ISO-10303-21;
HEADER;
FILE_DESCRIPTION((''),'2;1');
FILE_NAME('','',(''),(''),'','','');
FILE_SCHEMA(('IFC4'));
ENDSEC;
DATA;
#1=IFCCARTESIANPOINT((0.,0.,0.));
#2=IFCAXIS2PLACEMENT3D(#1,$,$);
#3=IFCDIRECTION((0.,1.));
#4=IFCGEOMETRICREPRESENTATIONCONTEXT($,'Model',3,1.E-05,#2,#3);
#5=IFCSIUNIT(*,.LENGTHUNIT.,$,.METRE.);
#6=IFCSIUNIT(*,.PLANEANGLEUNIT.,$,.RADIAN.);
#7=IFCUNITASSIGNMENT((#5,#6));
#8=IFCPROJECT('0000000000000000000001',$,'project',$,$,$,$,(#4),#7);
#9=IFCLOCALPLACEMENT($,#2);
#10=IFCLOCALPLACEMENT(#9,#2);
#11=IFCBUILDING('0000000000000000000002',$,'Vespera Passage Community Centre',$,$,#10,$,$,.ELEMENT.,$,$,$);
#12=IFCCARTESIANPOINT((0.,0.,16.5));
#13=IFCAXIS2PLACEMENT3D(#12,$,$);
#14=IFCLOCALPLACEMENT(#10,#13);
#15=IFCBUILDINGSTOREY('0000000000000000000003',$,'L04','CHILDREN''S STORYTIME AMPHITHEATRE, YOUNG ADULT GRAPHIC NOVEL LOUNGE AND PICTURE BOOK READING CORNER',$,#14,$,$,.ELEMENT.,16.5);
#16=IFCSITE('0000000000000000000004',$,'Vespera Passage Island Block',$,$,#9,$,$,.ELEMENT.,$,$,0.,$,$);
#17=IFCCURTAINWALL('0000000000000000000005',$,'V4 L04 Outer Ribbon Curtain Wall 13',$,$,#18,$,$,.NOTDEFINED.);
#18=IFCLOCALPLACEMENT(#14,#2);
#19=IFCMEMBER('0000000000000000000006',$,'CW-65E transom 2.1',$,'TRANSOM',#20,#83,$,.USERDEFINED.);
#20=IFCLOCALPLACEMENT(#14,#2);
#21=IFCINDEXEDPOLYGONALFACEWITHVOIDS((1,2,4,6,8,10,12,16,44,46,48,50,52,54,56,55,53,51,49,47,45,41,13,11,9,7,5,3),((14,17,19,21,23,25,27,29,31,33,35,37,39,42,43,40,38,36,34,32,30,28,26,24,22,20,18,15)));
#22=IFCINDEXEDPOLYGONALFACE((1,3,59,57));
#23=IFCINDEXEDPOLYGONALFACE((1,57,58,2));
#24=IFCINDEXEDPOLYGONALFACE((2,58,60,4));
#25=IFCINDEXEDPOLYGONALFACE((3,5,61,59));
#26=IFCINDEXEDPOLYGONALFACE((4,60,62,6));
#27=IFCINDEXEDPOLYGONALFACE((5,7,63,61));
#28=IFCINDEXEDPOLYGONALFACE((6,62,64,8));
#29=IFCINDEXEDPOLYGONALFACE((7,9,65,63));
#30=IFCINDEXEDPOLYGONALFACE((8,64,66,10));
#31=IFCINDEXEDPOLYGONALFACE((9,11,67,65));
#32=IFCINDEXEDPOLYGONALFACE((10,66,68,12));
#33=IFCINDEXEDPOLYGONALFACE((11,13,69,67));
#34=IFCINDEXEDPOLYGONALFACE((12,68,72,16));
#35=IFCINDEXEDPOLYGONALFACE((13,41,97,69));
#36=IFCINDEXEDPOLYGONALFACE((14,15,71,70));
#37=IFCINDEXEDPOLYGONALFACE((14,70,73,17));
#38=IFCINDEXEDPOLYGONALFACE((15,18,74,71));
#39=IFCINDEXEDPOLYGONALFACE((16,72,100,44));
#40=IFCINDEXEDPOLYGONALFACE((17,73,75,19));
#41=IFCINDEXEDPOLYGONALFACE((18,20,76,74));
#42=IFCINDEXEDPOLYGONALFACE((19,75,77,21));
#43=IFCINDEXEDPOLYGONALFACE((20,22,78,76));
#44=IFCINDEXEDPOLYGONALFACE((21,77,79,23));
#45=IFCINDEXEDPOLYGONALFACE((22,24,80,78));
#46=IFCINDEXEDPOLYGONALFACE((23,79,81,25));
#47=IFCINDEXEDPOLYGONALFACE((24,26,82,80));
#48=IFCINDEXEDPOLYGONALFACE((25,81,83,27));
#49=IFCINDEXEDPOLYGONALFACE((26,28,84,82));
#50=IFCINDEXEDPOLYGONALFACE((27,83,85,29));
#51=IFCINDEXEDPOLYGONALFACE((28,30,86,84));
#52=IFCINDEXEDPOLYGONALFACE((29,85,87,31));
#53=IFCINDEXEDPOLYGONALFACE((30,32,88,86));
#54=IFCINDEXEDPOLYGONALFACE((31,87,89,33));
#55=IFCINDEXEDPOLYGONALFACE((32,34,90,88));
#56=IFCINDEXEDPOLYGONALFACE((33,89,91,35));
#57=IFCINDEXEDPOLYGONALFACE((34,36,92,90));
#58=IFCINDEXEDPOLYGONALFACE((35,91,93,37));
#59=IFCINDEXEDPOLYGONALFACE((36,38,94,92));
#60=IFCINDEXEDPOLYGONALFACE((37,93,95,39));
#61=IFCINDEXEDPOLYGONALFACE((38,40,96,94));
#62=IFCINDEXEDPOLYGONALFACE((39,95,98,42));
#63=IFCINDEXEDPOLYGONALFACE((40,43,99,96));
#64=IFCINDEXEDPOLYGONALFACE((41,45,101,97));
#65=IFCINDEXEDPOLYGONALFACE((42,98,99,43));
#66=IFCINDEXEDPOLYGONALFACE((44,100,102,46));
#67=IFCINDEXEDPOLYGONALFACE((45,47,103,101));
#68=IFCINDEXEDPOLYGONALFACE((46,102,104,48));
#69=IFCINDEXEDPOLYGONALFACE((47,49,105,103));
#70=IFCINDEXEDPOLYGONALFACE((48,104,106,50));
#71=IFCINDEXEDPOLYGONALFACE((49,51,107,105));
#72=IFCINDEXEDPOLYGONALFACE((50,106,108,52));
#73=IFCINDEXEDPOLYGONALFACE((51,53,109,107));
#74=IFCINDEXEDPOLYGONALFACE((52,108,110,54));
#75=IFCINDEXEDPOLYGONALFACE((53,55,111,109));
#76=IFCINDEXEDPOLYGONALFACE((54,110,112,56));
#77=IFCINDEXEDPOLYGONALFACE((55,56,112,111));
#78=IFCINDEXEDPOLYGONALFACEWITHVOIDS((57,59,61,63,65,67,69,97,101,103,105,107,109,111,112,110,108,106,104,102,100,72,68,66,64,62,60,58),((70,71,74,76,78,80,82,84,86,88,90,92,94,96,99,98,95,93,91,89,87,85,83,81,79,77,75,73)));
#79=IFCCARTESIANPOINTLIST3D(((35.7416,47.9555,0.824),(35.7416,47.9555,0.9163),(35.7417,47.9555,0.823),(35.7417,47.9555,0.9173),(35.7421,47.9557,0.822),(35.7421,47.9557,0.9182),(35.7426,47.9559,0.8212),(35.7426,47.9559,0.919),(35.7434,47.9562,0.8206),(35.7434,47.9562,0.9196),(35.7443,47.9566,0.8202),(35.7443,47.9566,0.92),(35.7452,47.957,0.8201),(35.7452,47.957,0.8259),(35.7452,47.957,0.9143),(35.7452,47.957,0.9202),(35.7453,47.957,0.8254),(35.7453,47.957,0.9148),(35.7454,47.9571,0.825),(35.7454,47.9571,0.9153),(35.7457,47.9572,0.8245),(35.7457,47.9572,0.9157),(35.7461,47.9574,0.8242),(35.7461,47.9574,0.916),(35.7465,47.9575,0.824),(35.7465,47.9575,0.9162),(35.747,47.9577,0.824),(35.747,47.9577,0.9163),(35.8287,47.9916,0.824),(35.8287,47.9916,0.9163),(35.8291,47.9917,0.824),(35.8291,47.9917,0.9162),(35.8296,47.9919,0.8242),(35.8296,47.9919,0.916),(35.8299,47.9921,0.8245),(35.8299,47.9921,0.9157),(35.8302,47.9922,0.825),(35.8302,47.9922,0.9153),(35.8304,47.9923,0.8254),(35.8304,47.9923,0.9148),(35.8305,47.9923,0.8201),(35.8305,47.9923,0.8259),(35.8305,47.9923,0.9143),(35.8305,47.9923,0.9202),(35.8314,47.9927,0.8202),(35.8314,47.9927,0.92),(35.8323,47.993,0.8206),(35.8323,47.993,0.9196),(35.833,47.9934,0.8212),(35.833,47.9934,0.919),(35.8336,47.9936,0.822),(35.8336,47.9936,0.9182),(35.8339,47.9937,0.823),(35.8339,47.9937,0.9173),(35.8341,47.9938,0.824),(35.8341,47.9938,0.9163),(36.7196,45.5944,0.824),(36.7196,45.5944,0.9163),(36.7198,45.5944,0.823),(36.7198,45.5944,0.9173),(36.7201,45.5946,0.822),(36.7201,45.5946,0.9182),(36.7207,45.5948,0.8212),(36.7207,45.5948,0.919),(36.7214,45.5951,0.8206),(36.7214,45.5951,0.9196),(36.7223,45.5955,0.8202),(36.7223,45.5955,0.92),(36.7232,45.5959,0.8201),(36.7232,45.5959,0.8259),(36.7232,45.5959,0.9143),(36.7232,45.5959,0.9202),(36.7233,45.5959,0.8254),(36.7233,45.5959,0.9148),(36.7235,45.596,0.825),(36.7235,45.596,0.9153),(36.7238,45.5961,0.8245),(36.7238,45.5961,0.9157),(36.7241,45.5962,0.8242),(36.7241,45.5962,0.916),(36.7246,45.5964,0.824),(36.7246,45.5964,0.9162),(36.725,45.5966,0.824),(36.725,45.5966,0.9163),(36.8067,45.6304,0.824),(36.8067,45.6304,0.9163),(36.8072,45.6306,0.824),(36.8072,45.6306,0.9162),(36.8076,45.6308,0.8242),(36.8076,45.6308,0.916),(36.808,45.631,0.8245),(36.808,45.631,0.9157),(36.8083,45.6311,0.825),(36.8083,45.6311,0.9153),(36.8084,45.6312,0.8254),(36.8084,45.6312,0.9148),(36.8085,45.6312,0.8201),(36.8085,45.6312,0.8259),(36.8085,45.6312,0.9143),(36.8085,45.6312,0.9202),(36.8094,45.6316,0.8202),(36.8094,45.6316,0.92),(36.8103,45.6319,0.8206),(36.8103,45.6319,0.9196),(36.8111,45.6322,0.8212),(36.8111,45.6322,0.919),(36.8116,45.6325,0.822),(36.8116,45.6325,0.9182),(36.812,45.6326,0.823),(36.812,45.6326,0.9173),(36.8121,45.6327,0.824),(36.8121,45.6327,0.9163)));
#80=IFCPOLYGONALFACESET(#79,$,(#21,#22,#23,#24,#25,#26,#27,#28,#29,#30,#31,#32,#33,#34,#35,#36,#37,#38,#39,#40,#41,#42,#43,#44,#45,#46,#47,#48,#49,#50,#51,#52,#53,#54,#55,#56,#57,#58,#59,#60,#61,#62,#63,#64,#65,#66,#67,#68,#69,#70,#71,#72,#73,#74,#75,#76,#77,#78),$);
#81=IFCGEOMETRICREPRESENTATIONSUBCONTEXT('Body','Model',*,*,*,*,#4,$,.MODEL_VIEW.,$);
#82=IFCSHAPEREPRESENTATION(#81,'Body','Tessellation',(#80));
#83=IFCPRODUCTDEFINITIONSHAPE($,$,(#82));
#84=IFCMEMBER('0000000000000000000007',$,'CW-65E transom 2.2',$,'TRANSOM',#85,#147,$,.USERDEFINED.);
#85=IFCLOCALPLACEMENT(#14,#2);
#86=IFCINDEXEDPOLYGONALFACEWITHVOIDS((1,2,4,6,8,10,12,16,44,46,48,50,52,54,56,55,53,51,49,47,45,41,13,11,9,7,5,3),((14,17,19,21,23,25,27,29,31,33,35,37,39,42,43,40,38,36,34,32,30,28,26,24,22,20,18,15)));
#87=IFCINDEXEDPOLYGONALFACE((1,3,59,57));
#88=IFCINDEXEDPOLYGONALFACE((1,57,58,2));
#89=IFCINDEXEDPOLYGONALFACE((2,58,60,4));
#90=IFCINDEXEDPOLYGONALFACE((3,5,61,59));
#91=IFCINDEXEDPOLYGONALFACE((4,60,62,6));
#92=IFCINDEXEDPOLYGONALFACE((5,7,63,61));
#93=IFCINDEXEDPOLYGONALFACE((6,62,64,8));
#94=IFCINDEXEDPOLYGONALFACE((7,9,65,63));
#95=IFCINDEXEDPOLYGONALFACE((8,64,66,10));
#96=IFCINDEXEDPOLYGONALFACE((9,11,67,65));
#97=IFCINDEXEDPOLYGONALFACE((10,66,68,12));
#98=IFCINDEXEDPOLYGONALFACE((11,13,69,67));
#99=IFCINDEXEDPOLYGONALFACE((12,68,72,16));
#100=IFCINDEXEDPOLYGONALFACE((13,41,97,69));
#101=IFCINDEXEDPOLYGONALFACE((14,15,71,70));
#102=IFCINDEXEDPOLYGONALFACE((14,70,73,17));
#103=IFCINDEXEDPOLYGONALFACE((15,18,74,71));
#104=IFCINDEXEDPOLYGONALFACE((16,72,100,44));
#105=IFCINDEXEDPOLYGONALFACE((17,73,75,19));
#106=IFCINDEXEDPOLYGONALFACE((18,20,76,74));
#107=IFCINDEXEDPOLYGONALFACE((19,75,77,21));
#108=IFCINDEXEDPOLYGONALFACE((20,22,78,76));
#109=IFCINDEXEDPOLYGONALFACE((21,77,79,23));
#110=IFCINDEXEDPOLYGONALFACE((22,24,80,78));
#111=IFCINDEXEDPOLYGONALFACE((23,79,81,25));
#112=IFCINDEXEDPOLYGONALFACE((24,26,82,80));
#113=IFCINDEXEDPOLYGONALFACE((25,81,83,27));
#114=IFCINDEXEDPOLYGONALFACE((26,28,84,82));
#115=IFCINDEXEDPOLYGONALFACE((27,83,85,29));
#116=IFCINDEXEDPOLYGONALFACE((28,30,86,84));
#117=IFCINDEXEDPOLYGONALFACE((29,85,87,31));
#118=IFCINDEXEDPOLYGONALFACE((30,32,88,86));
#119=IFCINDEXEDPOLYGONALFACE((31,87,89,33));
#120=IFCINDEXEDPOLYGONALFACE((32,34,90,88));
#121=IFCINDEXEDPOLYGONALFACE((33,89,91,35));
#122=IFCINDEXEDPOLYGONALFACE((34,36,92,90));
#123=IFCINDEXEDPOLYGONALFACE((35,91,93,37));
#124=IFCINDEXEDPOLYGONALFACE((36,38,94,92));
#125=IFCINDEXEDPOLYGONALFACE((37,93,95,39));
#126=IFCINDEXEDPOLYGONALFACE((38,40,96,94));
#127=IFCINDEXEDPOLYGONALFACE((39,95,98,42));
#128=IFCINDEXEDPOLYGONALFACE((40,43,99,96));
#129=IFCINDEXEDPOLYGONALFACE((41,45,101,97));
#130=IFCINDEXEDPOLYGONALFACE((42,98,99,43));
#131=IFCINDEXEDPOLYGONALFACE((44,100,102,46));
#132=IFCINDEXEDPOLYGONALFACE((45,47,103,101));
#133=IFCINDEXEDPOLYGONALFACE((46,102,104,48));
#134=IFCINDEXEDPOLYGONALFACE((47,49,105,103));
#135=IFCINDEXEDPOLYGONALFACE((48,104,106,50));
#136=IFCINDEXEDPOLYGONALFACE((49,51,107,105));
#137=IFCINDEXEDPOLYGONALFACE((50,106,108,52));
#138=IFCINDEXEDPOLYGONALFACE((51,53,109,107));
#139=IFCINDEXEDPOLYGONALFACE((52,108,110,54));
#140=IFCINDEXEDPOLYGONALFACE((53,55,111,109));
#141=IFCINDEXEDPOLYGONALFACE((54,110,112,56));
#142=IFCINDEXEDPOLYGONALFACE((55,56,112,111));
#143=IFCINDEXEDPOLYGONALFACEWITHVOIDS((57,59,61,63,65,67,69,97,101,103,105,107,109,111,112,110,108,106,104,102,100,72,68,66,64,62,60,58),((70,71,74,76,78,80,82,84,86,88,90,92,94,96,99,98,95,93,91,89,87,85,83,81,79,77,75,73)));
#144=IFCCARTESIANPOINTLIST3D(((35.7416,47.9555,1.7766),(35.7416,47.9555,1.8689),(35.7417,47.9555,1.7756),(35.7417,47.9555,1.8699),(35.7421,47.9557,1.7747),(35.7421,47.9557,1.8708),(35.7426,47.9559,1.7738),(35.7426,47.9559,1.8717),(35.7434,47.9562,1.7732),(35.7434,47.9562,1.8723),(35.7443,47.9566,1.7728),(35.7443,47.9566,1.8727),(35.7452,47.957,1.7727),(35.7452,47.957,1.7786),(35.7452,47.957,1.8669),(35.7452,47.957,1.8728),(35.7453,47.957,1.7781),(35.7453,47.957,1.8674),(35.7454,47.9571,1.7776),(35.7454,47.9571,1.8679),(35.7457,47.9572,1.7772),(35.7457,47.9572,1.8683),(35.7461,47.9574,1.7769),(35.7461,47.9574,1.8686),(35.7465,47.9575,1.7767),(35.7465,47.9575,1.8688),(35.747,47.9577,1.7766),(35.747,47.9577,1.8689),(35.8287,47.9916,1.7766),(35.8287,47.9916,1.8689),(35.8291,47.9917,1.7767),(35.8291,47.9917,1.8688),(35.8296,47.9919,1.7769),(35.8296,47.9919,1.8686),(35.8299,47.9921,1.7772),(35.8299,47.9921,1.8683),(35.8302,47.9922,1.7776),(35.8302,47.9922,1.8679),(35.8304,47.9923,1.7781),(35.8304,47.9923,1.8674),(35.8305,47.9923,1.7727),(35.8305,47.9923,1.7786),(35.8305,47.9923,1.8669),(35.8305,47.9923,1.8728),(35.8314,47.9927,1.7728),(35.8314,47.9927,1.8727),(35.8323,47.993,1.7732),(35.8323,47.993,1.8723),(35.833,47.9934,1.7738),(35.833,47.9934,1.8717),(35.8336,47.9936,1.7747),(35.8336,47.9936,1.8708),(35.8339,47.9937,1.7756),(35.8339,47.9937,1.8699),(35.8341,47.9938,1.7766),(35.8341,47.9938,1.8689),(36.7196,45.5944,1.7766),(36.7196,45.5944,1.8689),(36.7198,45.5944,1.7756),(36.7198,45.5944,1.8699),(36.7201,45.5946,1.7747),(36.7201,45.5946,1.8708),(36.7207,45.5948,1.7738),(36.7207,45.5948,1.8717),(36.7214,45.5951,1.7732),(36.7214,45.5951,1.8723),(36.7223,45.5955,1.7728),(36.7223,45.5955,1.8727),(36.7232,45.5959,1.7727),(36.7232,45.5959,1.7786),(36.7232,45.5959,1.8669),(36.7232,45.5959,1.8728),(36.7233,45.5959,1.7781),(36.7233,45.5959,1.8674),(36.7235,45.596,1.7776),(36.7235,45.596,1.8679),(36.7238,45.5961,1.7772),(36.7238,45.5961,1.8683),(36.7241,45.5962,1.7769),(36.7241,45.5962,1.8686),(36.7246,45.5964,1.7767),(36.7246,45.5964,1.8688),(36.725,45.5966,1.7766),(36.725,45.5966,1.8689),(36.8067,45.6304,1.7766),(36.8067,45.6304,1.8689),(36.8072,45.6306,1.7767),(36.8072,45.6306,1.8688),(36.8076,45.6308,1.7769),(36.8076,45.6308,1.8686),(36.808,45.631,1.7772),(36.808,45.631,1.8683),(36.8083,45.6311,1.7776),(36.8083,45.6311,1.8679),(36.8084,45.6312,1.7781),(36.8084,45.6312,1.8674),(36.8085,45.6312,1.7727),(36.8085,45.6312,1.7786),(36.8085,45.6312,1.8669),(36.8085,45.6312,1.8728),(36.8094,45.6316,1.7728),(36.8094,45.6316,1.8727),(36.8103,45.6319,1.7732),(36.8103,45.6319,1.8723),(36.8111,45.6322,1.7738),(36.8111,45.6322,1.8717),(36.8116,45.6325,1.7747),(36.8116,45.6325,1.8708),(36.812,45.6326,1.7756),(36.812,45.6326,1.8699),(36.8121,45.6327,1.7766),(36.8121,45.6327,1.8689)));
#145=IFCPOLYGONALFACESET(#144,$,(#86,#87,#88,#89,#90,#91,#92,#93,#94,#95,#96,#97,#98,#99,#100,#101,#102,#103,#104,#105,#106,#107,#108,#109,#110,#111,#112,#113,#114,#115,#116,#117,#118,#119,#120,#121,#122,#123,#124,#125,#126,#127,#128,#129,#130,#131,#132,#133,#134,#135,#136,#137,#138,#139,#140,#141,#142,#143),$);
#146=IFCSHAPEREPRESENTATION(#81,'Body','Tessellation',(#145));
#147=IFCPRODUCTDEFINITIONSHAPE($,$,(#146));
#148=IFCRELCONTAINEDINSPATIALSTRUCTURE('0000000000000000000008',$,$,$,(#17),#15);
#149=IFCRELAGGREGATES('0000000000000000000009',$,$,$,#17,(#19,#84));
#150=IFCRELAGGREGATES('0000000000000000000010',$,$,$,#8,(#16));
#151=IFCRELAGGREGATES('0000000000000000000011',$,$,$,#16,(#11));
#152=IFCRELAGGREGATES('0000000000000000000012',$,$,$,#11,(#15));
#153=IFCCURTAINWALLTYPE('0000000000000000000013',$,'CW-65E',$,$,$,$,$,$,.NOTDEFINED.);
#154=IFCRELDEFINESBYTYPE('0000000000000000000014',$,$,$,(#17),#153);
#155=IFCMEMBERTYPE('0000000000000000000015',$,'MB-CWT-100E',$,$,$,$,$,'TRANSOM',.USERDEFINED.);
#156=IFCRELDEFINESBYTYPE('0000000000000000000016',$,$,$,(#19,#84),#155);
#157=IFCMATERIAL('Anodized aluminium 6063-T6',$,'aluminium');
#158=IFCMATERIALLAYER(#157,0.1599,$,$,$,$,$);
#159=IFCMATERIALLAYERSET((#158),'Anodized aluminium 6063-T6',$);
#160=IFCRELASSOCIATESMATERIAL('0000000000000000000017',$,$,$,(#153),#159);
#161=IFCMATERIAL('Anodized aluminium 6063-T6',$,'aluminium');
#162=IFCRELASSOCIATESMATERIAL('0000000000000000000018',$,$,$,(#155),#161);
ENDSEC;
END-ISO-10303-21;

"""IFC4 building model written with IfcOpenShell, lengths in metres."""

from ifc_helpers import new_model, si_unit, direction, frame, origin, origin_2d, place, context, subcontext, project, spatial, hollow_rectangle, extrude, material, layer, layer_set, material_profile, profile_set, type_object, element, aggregate, save


model = new_model("IFC4")

# Units and contexts
model_context = context("Model", 3, precision=1e-05, world=origin(), true_north=direction((0.0, 1.0)))
body_context = subcontext(model_context, "Body", "Model", "MODEL_VIEW")
ifc_project = project(units=[si_unit("LENGTHUNIT", "METRE"), si_unit("PLANEANGLEUNIT", "RADIAN")], contexts=[model_context])

# Site, building, storey
site_placement = place(None, origin())
site = spatial("IfcSite", under=ifc_project, at=site_placement, Name="Vespera Passage Island Block", CompositionType="ELEMENT", RefElevation=0.0)
building_placement = place(site_placement, origin())
building = spatial("IfcBuilding", under=site, at=building_placement, Name="Vespera Passage Community Centre", CompositionType="ELEMENT")
storey_placement = place(building_placement, frame((0.0, 0.0, 16.5)))
storey = spatial("IfcBuildingStorey", under=building, at=storey_placement, Name="L04", Description="CHILDREN'S STORYTIME AMPHITHEATRE, YOUNG ADULT GRAPHIC NOVEL LOUNGE AND PICTURE BOOK READING CORNER", CompositionType="ELEMENT", Elevation=16.5)

# Curtain wall, members
ifc_material_1 = material(Name="Anodized aluminium 6063-T6", Category="aluminium")
ifc_layer_1 = layer(ifc_material_1, 0.1599)
ifc_layer_set_1 = layer_set([ifc_layer_1], Name="Anodized aluminium 6063-T6")
curtain_wall_type_1 = type_object("IfcCurtainWallType", Name="CW-65E", PredefinedType="NOTDEFINED", material=ifc_layer_set_1)
curtain_wall_1_placement = place(storey_placement, origin())
curtain_wall_1 = element("IfcCurtainWall", 1, at=curtain_wall_1_placement, inside=storey, type_object=curtain_wall_type_1, Name="V4 L04 Outer Ribbon Curtain Wall 13", PredefinedType="NOTDEFINED")
ifc_material_2 = material(Name="Anodized aluminium 6063-T6", Category="aluminium")
ifc_material_profile_1 = material_profile(ifc_material_2, hollow_rectangle(XDim=0.1001, YDim=0.1001, WallThickness=0.0039, InnerFilletRadius=0.002, OuterFilletRadius=0.0039, at=origin_2d()), Name="ALU100X100X4")
ifc_profile_set_1 = profile_set([ifc_material_profile_1], Name="Anodized aluminium 6063-T6")
member_type_1 = type_object("IfcMemberType", Name="MB-CWT-100E", ElementType="TRANSOM", PredefinedType="USERDEFINED", material=ifc_profile_set_1)
member_1_placement = place(storey_placement, frame((36.7659, 45.6135, 0.8701), z_axis=(-0.382695, 0.923875, 0.0), x_axis=(-0.923875, -0.382695, 0.0)))
member_1 = element("IfcMember", 2, at=member_1_placement, type_object=member_type_1, Name="CW-65E transom 2.1", ObjectType="TRANSOM", PredefinedType="USERDEFINED", context=body_context, shape_type="SweptSolid", body=[
    extrude(hollow_rectangle(XDim=0.1001, YDim=0.1001, WallThickness=0.0039, InnerFilletRadius=0.002, OuterFilletRadius=0.0039, at=origin_2d()), origin(), (0.0, 0.0, 1.0), 2.5557),
])
member_2_placement = place(storey_placement, frame((36.7659, 45.6135, 1.8228), z_axis=(-0.382695, 0.923875, 0.0), x_axis=(-0.923875, -0.382695, 0.0)))
member_2 = element("IfcMember", 3, at=member_2_placement, type_object=member_type_1, Name="CW-65E transom 2.2", ObjectType="TRANSOM", PredefinedType="USERDEFINED", context=body_context, shape_type="SweptSolid", body=[
    extrude(hollow_rectangle(XDim=0.1001, YDim=0.1001, WallThickness=0.0039, InnerFilletRadius=0.002, OuterFilletRadius=0.0039, at=origin_2d()), origin(), (0.0, 0.0, 1.0), 2.5557),
])

aggregate(curtain_wall_1, [member_1, member_2])

save(model, "model.ifc")
